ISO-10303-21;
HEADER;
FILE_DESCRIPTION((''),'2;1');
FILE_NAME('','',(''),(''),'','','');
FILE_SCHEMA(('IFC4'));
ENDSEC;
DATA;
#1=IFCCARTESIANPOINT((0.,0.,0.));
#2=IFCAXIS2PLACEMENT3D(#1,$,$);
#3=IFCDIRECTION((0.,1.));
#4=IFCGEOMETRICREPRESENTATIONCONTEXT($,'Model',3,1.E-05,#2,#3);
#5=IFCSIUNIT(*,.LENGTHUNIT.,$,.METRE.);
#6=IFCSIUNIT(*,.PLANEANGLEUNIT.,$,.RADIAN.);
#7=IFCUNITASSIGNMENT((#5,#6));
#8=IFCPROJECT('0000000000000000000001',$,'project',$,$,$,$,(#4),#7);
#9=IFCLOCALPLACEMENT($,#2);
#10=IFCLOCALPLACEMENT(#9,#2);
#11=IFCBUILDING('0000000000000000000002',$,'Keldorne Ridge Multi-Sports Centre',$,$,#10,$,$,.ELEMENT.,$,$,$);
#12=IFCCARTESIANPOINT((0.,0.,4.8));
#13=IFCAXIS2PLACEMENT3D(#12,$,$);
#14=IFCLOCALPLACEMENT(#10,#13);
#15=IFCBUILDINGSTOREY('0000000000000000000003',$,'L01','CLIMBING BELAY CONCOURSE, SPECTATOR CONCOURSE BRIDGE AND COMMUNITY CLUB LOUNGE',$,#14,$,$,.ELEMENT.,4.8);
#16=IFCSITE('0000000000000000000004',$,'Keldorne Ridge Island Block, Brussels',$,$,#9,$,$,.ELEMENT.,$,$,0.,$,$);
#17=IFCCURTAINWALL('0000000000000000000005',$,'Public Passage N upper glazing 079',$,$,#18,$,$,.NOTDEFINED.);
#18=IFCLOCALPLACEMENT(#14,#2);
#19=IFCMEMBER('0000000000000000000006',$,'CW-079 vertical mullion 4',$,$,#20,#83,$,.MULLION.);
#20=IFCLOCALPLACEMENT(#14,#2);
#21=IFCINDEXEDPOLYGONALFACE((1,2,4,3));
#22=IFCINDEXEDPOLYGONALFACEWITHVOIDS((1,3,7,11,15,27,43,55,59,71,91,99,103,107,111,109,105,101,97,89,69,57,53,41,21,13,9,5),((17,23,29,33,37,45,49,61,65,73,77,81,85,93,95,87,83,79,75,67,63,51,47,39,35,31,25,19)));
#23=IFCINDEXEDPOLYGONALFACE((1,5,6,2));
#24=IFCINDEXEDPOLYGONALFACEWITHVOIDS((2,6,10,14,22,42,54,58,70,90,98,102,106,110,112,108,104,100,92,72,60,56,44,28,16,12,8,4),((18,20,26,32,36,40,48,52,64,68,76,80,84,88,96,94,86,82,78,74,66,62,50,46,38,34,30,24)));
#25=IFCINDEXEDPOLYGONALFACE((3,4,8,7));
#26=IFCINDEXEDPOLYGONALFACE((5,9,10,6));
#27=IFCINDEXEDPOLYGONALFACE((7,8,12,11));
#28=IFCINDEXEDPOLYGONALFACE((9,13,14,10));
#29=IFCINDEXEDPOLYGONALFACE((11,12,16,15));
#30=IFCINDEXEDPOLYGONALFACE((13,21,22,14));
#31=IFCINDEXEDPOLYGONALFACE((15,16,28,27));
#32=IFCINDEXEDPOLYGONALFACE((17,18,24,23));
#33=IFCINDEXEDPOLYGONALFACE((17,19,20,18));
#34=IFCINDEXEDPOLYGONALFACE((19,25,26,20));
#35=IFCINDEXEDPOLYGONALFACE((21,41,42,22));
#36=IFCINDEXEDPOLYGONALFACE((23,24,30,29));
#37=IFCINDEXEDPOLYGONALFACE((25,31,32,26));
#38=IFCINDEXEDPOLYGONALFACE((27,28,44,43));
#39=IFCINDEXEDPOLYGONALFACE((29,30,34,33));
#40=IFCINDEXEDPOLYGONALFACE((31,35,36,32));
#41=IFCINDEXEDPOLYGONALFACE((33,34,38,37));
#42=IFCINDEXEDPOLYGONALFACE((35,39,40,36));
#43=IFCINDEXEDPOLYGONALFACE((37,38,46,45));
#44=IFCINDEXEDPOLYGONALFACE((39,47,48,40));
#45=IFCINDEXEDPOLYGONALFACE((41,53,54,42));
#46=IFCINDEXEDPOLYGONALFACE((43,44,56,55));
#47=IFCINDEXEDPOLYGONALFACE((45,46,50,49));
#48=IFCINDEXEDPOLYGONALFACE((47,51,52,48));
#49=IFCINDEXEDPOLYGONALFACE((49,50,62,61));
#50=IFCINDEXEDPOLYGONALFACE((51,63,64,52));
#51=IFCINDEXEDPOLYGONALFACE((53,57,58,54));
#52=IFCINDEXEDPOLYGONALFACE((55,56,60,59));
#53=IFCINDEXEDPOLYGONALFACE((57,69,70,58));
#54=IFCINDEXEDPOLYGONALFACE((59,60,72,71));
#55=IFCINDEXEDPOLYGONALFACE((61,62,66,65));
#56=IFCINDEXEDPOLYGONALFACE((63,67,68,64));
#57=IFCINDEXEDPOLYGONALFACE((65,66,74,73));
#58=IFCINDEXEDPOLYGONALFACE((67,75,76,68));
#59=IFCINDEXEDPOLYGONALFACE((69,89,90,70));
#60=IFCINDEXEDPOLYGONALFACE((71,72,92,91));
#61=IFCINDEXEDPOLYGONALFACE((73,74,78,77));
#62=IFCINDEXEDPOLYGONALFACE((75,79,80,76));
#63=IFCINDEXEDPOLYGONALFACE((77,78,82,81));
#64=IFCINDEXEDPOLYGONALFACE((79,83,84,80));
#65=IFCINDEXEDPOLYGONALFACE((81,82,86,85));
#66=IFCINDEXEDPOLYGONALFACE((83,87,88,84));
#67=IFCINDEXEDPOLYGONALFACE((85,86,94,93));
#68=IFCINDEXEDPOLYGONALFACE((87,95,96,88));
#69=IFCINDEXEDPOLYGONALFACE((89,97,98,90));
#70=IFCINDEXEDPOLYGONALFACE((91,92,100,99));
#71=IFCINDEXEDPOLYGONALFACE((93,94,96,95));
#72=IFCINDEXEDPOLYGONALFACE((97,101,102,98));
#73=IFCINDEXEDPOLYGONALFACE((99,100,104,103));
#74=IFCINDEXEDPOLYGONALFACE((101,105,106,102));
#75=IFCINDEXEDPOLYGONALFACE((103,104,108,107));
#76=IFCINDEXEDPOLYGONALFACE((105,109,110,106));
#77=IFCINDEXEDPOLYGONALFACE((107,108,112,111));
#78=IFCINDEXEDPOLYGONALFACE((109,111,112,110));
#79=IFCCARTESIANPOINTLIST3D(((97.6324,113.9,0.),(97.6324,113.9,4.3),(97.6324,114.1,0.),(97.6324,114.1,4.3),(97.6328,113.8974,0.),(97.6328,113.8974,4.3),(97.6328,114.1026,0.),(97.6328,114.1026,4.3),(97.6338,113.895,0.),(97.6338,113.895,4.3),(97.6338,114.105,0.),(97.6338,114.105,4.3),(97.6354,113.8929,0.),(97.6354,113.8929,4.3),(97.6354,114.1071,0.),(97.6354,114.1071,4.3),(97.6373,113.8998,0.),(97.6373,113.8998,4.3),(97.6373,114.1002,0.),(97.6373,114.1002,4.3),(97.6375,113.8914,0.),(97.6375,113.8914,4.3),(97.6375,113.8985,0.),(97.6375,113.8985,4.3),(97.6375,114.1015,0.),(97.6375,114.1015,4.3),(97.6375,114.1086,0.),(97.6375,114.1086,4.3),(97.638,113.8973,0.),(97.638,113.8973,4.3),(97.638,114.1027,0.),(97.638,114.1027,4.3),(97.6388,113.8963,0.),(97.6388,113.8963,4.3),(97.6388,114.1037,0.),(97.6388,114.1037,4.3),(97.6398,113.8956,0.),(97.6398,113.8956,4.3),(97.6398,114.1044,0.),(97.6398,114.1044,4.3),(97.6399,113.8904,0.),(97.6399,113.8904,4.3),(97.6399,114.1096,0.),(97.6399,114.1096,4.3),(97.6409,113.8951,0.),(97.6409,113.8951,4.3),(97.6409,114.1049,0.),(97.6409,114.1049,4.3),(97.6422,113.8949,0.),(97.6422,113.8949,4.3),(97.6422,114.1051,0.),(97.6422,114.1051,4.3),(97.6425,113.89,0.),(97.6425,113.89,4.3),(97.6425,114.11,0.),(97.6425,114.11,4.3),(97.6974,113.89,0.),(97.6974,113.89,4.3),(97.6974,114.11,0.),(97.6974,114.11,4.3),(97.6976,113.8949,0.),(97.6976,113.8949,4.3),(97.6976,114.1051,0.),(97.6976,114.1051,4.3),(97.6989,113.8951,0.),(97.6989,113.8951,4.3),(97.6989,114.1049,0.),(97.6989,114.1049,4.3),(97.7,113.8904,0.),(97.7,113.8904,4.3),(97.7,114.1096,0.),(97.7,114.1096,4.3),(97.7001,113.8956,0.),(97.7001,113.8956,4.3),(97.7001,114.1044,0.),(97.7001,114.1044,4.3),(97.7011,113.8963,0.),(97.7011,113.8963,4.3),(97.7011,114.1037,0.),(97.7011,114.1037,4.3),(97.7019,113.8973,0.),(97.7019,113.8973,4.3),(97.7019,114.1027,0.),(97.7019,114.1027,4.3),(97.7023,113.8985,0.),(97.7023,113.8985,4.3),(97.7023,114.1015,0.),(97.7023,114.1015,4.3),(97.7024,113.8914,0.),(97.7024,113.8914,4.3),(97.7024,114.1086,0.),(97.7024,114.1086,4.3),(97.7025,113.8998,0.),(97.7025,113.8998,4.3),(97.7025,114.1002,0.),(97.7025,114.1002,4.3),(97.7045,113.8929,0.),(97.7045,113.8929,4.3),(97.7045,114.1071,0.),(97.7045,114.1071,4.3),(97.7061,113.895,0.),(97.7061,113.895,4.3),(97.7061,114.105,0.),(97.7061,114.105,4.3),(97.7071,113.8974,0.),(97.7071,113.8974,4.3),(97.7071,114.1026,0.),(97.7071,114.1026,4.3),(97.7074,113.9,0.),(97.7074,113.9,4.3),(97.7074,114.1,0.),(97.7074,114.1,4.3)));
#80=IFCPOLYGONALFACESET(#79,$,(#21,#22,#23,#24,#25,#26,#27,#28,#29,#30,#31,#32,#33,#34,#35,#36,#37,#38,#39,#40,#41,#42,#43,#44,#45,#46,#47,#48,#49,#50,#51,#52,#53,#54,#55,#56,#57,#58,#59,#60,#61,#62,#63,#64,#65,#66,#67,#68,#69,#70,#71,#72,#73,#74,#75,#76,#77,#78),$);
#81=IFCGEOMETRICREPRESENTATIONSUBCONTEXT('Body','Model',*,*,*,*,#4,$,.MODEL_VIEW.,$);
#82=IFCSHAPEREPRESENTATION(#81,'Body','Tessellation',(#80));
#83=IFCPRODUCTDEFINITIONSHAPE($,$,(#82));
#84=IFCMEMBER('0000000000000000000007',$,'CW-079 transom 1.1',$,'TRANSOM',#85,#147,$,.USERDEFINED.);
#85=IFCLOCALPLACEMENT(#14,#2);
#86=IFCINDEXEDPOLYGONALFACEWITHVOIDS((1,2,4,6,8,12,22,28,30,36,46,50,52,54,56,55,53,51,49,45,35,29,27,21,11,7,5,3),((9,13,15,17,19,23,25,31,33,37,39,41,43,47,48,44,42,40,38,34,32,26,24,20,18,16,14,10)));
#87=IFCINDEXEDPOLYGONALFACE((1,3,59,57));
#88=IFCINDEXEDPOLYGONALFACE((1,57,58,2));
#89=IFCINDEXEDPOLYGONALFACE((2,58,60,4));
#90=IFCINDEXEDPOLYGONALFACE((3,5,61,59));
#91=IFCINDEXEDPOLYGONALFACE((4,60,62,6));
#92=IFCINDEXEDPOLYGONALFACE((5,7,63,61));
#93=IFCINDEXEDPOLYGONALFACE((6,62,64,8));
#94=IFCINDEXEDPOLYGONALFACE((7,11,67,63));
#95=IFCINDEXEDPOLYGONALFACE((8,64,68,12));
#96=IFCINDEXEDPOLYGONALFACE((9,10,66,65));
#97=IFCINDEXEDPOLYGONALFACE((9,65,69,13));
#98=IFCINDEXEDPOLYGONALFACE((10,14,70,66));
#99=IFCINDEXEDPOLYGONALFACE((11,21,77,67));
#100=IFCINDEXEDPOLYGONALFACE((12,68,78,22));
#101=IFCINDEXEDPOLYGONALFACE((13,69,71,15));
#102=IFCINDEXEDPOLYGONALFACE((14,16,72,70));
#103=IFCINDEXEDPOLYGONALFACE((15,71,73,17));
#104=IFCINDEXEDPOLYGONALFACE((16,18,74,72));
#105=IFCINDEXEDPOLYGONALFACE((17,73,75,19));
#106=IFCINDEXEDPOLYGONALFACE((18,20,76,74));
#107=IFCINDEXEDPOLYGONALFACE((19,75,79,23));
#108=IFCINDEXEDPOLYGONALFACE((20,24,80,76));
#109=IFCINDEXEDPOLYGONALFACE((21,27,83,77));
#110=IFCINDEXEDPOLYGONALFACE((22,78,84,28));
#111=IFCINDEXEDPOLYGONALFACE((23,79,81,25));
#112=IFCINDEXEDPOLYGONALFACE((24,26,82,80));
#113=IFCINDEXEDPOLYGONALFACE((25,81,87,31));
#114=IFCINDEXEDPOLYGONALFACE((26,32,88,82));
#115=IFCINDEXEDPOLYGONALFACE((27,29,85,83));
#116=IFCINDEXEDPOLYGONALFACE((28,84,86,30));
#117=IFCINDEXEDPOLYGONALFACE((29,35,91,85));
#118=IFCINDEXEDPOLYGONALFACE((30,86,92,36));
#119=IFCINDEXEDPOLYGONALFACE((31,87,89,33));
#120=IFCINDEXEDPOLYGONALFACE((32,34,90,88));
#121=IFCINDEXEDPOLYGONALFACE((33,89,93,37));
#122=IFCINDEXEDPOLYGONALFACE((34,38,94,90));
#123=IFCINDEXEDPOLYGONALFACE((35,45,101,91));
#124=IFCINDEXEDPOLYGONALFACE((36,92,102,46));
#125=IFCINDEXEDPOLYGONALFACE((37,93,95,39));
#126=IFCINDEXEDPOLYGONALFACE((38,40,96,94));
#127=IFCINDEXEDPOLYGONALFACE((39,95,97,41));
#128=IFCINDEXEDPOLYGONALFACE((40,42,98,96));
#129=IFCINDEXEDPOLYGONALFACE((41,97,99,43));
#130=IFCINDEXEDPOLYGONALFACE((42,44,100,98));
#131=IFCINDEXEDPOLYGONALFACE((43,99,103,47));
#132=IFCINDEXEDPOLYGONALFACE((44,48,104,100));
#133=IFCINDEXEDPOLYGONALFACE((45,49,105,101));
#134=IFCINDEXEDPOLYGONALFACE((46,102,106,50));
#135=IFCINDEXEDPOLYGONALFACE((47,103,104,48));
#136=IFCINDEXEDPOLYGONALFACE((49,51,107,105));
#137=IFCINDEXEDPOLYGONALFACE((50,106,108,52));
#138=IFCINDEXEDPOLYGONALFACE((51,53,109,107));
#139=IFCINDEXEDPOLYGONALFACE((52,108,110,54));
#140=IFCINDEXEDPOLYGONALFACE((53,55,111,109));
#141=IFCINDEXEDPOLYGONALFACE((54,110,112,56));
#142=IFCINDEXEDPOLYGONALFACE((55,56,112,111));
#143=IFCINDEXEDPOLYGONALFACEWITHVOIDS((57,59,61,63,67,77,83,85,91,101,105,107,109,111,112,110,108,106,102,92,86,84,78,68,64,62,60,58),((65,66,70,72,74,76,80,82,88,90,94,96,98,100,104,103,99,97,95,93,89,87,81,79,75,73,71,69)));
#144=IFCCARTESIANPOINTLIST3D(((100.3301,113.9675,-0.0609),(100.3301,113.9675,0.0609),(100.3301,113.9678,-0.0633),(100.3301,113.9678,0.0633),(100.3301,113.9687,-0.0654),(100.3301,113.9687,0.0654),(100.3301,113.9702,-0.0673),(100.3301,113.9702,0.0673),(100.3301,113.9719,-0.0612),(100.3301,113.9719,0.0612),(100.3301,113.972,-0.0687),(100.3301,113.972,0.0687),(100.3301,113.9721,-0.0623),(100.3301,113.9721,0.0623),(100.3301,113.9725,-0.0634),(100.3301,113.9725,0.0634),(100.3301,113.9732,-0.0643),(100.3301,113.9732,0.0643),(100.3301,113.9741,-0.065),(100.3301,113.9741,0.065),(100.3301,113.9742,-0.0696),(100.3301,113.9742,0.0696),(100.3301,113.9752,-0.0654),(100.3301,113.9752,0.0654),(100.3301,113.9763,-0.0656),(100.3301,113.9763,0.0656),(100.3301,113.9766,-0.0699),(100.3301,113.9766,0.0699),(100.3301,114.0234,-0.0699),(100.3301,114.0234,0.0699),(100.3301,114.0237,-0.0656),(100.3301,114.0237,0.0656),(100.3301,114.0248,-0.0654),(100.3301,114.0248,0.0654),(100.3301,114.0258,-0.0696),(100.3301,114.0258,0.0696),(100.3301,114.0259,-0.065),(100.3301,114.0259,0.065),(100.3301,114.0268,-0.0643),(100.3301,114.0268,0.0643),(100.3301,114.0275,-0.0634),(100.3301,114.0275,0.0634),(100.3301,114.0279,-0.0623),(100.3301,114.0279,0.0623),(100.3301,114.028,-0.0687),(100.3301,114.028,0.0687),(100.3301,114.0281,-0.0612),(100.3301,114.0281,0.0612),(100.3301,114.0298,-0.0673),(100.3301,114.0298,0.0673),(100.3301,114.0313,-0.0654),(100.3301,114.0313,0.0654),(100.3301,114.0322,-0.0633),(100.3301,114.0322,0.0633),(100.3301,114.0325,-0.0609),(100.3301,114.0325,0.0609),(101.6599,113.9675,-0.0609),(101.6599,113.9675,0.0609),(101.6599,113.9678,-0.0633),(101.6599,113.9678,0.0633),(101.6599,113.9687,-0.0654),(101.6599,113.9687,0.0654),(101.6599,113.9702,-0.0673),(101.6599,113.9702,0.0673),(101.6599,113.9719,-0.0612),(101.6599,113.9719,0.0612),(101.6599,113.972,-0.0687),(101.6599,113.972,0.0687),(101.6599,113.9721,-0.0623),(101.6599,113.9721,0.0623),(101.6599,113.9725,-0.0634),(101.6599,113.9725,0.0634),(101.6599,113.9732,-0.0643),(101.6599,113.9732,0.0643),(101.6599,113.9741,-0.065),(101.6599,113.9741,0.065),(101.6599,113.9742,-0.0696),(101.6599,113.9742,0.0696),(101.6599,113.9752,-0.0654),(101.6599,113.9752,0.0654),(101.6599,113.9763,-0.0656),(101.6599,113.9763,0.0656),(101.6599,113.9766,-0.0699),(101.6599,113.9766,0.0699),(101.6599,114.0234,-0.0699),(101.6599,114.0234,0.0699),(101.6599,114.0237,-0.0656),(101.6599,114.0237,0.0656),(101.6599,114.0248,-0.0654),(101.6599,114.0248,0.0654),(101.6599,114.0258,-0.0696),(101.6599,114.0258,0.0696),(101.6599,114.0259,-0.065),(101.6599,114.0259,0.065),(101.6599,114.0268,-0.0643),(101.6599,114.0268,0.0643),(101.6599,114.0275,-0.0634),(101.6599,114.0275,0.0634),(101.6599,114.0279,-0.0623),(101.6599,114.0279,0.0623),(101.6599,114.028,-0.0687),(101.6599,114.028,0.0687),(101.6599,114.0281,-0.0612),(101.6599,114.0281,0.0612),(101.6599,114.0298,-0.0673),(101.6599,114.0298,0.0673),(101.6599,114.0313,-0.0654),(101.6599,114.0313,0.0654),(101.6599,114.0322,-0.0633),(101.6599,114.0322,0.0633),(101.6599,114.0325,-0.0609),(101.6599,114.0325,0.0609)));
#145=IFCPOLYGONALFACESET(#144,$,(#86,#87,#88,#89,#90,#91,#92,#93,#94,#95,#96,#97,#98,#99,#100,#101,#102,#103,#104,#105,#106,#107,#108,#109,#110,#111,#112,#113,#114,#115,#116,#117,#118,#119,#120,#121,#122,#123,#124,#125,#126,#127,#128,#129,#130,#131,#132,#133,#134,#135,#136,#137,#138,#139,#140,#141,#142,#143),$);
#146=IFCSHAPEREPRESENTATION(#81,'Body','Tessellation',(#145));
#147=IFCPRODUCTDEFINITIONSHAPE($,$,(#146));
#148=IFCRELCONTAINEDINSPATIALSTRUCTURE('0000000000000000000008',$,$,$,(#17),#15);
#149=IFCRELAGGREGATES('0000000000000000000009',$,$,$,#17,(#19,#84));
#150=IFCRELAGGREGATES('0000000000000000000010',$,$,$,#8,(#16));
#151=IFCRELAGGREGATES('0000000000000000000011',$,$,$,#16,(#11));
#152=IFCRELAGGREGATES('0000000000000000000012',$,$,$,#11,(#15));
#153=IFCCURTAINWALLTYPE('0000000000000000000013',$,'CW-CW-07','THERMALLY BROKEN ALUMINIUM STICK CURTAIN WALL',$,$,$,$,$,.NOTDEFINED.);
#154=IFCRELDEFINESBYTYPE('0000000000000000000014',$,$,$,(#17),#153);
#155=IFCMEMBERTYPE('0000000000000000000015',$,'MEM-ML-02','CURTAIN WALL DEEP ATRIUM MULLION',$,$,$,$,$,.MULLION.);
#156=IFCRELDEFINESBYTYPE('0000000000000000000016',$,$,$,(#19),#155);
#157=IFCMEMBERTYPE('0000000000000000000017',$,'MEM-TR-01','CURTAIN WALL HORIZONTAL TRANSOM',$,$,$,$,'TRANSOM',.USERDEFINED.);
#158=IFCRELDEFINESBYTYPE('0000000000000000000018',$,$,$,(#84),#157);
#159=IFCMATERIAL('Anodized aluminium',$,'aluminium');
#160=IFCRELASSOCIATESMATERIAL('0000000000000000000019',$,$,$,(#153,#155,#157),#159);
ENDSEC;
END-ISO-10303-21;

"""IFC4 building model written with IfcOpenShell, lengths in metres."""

from ifc_helpers import new_model, si_unit, direction, frame, origin, origin_2d, place, context, subcontext, project, spatial, hollow_rectangle, extrude, material, material_profile, profile_set, type_object, element, aggregate, save


model = new_model("IFC4")

# Units and contexts
model_context = context("Model", 3, precision=1e-05, world=origin(), true_north=direction((0.0, 1.0)))
body_context = subcontext(model_context, "Body", "Model", "MODEL_VIEW")
ifc_project = project(units=[si_unit("LENGTHUNIT", "METRE"), si_unit("PLANEANGLEUNIT", "RADIAN")], contexts=[model_context])

# Site, building, storey
site_placement = place(None, origin())
site = spatial("IfcSite", under=ifc_project, at=site_placement, Name="Keldorne Ridge Island Block, Brussels", CompositionType="ELEMENT", RefElevation=0.0)
building_placement = place(site_placement, origin())
building = spatial("IfcBuilding", under=site, at=building_placement, Name="Keldorne Ridge Multi-Sports Centre", CompositionType="ELEMENT")
storey_placement = place(building_placement, frame((0.0, 0.0, 4.8)))
storey = spatial("IfcBuildingStorey", under=building, at=storey_placement, Name="L01", Description="CLIMBING BELAY CONCOURSE, SPECTATOR CONCOURSE BRIDGE AND COMMUNITY CLUB LOUNGE", CompositionType="ELEMENT", Elevation=4.8)

# Curtain wall, members
ifc_material_1 = material(Name="Anodized aluminium", Category="aluminium")
curtain_wall_type = type_object("IfcCurtainWallType", Name="CW-CW-07", Description="THERMALLY BROKEN ALUMINIUM STICK CURTAIN WALL", PredefinedType="NOTDEFINED", material=ifc_material_1)
curtain_wall_placement = place(storey_placement, origin())
curtain_wall = element("IfcCurtainWall", 1, at=curtain_wall_placement, inside=storey, type_object=curtain_wall_type, Name="Public Passage N upper glazing 079", PredefinedType="NOTDEFINED")
ifc_material_profile_1 = material_profile(ifc_material_1, hollow_rectangle(XDim=0.075, YDim=0.22, WallThickness=0.0049, InnerFilletRadius=0.0049, OuterFilletRadius=0.01, at=origin_2d()), Name="ALU MULLION 220x75x5")
ifc_profile_set_1 = profile_set([ifc_material_profile_1], Name="Anodized aluminium")
member_type_1 = type_object("IfcMemberType", Name="MEM-ML-02", Description="CURTAIN WALL DEEP ATRIUM MULLION", PredefinedType="MULLION", material=ifc_profile_set_1)
member_1_placement = place(storey_placement, frame((97.6699, 114.0, 0.0), z_axis=(0.0, 0.0, 1.0), x_axis=(1.0, 0.0, 0.0)))
member_1 = element("IfcMember", 2, at=member_1_placement, type_object=member_type_1, Name="CW-079 vertical mullion 4", PredefinedType="MULLION", context=body_context, shape_type="SweptSolid", body=[
    extrude(hollow_rectangle(XDim=0.075, YDim=0.22, WallThickness=0.0049, InnerFilletRadius=0.0049, OuterFilletRadius=0.01, at=origin_2d()), origin(), (0.0, 0.0, 1.0), 4.3),
])
ifc_material_profile_2 = material_profile(ifc_material_1, hollow_rectangle(XDim=0.0649, YDim=0.1399, WallThickness=0.0044, InnerFilletRadius=0.0044, OuterFilletRadius=0.009, at=origin_2d()), Name="ALU TRANSOM 140x65x4.5")
ifc_profile_set_2 = profile_set([ifc_material_profile_2], Name="Anodized aluminium")
member_type_2 = type_object("IfcMemberType", Name="MEM-TR-01", Description="CURTAIN WALL HORIZONTAL TRANSOM", ElementType="TRANSOM", PredefinedType="USERDEFINED", material=ifc_profile_set_2)
member_2_placement = place(storey_placement, frame((101.6599, 114.0, 0.0), z_axis=(-1.0, 0.0, 0.0), x_axis=(0.0, -1.0, 0.0)))
member_2 = element("IfcMember", 3, at=member_2_placement, type_object=member_type_2, Name="CW-079 transom 1.1", ObjectType="TRANSOM", PredefinedType="USERDEFINED", context=body_context, shape_type="SweptSolid", body=[
    extrude(hollow_rectangle(XDim=0.0649, YDim=0.1399, WallThickness=0.0044, InnerFilletRadius=0.0044, OuterFilletRadius=0.009, at=origin_2d()), origin(), (0.0, 0.0, 1.0), 1.3298),
])
aggregate(curtain_wall, [member_1, member_2])

save(model, "model.ifc")
